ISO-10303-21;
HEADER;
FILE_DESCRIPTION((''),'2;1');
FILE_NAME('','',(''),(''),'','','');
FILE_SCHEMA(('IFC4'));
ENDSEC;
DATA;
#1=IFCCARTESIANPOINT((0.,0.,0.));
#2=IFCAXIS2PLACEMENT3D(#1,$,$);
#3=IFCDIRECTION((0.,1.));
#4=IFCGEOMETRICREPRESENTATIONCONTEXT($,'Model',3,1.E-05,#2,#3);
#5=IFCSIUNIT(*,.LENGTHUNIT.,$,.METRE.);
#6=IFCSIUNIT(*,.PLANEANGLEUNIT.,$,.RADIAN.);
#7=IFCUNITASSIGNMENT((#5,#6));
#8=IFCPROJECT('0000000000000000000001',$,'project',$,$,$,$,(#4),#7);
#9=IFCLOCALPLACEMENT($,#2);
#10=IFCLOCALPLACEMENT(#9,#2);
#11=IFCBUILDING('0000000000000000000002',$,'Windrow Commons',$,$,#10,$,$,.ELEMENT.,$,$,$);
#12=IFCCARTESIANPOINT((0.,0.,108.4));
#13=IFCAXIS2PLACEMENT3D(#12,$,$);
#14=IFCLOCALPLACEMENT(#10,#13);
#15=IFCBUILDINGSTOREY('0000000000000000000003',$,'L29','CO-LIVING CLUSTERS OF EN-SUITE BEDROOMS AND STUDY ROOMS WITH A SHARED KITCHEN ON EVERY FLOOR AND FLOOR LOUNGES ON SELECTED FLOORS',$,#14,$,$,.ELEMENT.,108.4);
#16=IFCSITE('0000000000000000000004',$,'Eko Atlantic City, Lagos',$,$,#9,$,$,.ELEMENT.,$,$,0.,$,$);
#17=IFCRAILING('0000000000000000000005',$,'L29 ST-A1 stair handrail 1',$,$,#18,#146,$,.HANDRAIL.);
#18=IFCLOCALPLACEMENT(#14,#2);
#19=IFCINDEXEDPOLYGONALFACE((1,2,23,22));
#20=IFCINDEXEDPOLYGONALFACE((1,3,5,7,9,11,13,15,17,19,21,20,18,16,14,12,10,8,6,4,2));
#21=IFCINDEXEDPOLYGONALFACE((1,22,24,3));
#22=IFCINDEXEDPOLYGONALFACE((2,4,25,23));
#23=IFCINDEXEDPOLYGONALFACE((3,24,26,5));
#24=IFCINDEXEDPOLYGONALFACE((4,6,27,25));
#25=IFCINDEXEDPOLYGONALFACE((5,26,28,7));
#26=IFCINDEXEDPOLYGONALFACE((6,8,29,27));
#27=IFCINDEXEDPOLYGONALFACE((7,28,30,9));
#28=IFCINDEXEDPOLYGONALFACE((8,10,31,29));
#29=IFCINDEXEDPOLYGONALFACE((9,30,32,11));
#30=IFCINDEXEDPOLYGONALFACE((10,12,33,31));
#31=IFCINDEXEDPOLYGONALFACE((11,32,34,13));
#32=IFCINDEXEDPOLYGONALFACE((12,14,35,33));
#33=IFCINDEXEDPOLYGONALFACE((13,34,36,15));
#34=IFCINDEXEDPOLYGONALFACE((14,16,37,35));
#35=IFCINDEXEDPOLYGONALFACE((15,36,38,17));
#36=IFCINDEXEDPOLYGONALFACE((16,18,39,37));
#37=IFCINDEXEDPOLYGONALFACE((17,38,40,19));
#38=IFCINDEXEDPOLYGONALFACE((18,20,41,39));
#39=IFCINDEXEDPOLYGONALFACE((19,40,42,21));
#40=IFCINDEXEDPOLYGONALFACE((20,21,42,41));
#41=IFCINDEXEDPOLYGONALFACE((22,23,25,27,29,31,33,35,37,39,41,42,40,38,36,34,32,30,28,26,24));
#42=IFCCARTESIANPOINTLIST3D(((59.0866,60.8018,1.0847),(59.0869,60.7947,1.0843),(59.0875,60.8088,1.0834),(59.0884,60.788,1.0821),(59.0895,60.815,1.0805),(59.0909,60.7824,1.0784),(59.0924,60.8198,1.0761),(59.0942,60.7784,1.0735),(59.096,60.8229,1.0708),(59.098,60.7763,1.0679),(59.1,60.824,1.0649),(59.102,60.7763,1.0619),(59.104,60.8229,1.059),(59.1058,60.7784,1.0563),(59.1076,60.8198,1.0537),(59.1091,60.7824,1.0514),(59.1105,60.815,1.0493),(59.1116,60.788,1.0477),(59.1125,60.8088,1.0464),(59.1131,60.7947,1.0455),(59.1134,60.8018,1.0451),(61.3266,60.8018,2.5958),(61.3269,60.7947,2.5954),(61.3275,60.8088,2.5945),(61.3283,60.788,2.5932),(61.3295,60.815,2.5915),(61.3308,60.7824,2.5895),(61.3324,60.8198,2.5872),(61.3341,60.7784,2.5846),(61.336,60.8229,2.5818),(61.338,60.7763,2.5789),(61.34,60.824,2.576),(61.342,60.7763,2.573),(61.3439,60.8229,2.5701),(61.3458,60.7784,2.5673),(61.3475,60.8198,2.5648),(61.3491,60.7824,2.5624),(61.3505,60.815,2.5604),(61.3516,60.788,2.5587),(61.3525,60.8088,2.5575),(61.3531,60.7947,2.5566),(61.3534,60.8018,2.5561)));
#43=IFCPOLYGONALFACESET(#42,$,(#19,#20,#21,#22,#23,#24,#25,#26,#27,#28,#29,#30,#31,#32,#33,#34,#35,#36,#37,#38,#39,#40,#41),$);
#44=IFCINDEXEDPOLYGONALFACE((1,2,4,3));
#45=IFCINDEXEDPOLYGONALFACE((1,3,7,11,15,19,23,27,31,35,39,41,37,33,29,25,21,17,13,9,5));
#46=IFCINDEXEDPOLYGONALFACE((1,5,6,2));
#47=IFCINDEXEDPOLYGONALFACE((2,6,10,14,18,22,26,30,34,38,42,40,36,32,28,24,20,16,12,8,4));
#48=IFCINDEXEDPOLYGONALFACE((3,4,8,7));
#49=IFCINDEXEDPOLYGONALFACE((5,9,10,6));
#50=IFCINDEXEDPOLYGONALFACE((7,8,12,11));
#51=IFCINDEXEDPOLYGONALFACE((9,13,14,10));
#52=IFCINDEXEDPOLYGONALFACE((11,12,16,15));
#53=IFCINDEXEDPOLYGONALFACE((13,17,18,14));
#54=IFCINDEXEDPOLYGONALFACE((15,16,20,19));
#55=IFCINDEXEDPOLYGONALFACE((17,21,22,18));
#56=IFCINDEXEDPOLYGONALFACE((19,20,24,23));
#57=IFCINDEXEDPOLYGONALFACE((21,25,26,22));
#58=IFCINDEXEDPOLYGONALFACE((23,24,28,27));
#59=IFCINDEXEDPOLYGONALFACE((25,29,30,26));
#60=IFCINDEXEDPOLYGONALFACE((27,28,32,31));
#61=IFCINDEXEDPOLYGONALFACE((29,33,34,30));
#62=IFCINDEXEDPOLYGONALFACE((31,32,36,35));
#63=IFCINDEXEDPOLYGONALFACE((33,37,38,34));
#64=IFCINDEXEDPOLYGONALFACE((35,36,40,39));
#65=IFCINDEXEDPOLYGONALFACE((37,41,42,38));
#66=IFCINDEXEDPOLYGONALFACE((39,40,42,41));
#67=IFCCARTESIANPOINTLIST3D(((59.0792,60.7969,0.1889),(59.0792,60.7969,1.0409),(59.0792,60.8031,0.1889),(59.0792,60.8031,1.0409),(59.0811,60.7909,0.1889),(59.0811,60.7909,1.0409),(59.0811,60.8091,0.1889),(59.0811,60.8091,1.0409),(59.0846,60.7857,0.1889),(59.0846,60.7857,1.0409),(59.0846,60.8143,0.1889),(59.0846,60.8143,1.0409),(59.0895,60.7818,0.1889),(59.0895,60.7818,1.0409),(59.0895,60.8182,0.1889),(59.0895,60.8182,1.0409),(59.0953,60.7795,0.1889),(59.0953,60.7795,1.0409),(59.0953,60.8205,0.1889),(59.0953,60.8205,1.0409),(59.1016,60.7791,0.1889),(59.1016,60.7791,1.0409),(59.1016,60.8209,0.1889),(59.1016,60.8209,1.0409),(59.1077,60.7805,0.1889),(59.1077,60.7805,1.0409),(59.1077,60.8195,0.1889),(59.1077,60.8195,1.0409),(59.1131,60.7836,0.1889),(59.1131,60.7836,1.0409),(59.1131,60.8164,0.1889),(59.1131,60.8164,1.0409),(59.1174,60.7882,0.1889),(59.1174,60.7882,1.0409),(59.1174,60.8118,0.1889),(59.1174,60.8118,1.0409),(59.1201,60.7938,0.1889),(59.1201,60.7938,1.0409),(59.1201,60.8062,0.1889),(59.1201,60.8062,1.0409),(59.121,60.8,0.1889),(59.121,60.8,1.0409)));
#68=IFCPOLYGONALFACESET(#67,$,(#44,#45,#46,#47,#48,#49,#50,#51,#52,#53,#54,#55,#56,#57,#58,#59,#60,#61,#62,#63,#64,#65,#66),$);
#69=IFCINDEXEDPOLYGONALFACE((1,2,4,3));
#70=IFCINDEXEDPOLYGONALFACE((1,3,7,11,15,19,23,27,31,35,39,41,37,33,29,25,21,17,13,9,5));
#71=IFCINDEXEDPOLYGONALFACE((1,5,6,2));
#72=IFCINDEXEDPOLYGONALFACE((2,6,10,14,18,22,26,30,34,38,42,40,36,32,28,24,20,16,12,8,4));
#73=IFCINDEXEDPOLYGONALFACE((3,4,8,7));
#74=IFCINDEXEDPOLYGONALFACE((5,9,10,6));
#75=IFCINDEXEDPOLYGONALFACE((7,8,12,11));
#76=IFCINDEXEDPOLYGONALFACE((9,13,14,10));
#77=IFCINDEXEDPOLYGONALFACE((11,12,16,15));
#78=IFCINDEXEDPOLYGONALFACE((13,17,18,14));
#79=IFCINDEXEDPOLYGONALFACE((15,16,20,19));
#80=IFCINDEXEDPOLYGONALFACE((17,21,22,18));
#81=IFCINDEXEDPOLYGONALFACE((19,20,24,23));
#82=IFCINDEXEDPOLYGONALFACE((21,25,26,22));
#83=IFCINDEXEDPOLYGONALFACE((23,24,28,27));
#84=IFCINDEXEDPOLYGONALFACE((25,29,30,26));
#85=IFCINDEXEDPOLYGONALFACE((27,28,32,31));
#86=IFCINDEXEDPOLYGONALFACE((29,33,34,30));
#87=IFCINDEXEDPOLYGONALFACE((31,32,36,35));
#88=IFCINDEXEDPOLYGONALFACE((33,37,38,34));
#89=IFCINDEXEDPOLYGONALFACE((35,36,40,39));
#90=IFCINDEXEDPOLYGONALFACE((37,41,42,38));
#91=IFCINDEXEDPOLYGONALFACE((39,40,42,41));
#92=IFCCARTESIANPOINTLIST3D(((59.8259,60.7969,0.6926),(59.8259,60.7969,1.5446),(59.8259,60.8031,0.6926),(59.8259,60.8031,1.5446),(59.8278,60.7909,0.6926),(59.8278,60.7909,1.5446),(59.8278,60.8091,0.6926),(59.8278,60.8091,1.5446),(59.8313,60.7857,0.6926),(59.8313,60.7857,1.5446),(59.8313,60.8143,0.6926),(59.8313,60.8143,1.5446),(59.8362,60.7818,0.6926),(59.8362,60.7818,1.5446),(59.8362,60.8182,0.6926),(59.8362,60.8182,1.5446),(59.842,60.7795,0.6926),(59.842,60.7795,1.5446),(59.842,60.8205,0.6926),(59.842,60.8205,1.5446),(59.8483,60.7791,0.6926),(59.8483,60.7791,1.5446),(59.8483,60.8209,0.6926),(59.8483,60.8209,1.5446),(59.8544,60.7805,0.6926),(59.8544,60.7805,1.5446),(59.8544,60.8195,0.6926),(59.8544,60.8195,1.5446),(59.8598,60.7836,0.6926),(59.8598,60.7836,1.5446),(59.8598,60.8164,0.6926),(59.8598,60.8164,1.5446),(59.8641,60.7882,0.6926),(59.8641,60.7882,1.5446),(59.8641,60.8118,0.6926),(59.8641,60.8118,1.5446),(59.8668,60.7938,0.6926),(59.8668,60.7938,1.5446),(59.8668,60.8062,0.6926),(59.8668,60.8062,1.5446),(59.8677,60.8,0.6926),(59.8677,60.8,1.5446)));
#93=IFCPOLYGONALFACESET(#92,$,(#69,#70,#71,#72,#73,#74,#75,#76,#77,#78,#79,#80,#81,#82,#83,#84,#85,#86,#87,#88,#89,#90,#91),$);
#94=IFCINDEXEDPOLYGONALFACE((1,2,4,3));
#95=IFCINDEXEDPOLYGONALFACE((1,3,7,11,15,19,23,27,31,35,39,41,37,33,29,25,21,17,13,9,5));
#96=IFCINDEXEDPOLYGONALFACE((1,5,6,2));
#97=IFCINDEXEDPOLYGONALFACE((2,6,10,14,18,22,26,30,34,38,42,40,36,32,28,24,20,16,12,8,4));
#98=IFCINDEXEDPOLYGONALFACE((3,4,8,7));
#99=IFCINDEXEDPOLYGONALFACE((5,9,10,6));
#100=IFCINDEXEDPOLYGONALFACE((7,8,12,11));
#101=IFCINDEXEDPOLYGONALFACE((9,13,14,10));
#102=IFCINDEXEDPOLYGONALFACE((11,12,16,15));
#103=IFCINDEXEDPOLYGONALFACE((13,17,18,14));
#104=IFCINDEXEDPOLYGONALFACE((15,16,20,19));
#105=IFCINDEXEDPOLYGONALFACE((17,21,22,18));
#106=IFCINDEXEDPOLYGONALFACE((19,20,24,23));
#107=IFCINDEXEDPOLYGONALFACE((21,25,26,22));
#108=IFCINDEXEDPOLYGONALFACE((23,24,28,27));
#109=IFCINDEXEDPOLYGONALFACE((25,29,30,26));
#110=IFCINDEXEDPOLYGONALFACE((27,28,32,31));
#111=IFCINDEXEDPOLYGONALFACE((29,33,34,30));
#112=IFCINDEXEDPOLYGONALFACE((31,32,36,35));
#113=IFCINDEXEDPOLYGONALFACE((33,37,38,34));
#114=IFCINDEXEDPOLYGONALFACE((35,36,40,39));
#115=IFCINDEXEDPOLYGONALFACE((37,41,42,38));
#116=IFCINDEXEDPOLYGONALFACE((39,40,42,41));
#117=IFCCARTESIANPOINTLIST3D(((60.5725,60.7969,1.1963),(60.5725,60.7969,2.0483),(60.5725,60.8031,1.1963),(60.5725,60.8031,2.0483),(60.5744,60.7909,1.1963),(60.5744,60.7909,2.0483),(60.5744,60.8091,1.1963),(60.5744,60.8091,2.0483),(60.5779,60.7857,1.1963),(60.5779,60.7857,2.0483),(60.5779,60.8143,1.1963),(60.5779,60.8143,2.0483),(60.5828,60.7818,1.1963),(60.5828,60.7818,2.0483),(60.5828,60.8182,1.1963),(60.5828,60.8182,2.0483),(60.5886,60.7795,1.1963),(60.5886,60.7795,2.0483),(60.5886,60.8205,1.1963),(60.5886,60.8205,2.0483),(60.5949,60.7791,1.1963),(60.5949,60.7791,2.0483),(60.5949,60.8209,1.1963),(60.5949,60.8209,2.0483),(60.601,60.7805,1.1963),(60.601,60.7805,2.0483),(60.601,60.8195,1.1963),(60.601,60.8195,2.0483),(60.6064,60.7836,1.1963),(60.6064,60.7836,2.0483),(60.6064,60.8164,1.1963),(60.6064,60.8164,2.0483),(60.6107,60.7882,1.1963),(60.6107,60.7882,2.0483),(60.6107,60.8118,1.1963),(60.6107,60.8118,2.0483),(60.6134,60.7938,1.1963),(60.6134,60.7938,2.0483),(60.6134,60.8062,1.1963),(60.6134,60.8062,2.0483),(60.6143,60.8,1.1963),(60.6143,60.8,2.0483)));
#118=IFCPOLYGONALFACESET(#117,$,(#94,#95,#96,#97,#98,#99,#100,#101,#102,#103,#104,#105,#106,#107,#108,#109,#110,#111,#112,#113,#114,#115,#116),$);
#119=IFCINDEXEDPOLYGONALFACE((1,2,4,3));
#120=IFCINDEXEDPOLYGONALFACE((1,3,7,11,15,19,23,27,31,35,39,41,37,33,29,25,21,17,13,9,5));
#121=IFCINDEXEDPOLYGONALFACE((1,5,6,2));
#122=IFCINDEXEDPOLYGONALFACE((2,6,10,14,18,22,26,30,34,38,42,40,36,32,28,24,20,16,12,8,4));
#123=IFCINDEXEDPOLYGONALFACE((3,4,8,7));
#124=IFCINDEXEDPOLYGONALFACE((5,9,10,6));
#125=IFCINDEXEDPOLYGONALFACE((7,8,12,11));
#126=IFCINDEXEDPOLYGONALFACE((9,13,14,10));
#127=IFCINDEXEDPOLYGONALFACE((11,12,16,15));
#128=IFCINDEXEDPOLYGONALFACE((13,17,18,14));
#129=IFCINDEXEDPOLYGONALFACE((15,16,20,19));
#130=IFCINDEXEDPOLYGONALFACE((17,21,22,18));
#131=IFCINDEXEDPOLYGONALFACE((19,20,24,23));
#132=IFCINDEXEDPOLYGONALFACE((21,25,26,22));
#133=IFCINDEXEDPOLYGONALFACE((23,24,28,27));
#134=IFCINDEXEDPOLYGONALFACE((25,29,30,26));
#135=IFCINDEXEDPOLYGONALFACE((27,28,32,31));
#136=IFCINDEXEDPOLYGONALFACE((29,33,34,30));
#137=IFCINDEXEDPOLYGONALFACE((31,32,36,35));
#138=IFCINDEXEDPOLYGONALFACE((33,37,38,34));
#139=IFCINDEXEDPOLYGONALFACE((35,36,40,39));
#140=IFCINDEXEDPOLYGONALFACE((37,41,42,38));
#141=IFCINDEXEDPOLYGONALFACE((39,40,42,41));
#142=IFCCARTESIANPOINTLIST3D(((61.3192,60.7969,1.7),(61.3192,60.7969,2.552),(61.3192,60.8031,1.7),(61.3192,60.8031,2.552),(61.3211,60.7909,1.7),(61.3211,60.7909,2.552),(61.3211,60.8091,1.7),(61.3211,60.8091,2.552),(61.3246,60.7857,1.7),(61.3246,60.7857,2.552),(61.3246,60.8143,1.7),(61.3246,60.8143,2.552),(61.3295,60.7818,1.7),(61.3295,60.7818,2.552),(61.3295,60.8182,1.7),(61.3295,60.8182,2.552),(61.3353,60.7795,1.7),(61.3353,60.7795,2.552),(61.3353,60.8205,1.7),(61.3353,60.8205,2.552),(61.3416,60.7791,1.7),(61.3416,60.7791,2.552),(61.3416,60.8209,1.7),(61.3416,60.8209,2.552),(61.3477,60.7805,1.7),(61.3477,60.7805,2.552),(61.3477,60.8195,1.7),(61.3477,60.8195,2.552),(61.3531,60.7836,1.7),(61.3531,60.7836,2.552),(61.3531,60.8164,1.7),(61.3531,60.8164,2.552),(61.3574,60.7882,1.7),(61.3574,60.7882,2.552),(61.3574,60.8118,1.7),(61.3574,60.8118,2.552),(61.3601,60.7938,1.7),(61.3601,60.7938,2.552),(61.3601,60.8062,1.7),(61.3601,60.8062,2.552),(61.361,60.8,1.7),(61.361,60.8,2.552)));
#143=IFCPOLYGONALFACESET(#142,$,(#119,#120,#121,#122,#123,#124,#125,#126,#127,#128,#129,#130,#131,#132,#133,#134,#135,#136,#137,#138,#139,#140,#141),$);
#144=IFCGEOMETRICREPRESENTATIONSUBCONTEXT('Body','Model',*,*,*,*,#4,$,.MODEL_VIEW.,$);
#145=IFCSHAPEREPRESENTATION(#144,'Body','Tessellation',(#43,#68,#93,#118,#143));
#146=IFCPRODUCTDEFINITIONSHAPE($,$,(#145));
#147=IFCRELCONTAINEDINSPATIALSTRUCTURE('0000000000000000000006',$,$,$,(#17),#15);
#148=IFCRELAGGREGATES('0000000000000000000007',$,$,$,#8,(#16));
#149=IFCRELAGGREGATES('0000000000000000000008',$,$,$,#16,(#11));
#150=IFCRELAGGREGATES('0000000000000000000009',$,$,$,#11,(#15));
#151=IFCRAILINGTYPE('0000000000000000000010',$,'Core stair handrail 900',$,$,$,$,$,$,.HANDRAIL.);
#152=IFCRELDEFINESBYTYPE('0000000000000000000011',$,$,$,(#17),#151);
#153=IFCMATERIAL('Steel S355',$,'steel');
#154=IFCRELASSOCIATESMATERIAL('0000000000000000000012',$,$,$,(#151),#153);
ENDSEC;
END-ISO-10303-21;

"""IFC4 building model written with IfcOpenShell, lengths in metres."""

from ifc_helpers import new_model, si_unit, direction, frame, origin, origin_2d, place, context, subcontext, project, spatial, circle, extrude, material, type_object, element, save


model = new_model("IFC4")

# Units and contexts
model_context = context("Model", 3, precision=1e-05, world=origin(), true_north=direction((0.0, 1.0)))
body_context = subcontext(model_context, "Body", "Model", "MODEL_VIEW")
ifc_project = project(units=[si_unit("LENGTHUNIT", "METRE"), si_unit("PLANEANGLEUNIT", "RADIAN")], contexts=[model_context])

# Site, building, storey
site_placement = place(None, origin())
site = spatial("IfcSite", under=ifc_project, at=site_placement, Name="Eko Atlantic City, Lagos", CompositionType="ELEMENT", RefElevation=0.0)
building_placement = place(site_placement, origin())
building = spatial("IfcBuilding", under=site, at=building_placement, Name="Windrow Commons", CompositionType="ELEMENT")
storey_placement = place(building_placement, frame((0.0, 0.0, 108.4)))
storey = spatial("IfcBuildingStorey", under=building, at=storey_placement, Name="L29", Description="CO-LIVING CLUSTERS OF EN-SUITE BEDROOMS AND STUDY ROOMS WITH A SHARED KITCHEN ON EVERY FLOOR AND FLOOR LOUNGES ON SELECTED FLOORS", CompositionType="ELEMENT", Elevation=108.4)

# Railing
ifc_material_1 = material(Name="Steel S355", Category="steel")
railing_type_1 = type_object("IfcRailingType", Name="Core stair handrail 900", PredefinedType="HANDRAIL", material=ifc_material_1)
railing_1_placement = place(storey_placement, frame((59.1, 60.8, 0.1889)))
element("IfcRailing", 1, at=railing_1_placement, inside=storey, type_object=railing_type_1, Name="L29 ST-A1 stair handrail 1", PredefinedType="HANDRAIL", context=body_context, shape_type="SweptSolid", body=[
    extrude(circle(Radius=0.024, at=origin_2d()), frame((0.0, 0.0, 0.876), z_axis=(0.829003, 0.0, 0.559244), x_axis=(0.0, 1.0, 0.0)), (0.0, 0.0, 1.0), 2.702),
    extrude(circle(Radius=0.021, at=origin_2d()), origin(), (0.0, 0.0, 1.0), 0.852),
    extrude(circle(Radius=0.021, at=origin_2d()), frame((0.7467, 0.0, 0.5037)), (0.0, 0.0, 1.0), 0.852),
    extrude(circle(Radius=0.021, at=origin_2d()), frame((1.4933, 0.0, 1.0074)), (0.0, 0.0, 1.0), 0.852),
    extrude(circle(Radius=0.021, at=origin_2d()), frame((2.24, 0.0, 1.5111)), (0.0, 0.0, 1.0), 0.852),
])

save(model, "model.ifc")
